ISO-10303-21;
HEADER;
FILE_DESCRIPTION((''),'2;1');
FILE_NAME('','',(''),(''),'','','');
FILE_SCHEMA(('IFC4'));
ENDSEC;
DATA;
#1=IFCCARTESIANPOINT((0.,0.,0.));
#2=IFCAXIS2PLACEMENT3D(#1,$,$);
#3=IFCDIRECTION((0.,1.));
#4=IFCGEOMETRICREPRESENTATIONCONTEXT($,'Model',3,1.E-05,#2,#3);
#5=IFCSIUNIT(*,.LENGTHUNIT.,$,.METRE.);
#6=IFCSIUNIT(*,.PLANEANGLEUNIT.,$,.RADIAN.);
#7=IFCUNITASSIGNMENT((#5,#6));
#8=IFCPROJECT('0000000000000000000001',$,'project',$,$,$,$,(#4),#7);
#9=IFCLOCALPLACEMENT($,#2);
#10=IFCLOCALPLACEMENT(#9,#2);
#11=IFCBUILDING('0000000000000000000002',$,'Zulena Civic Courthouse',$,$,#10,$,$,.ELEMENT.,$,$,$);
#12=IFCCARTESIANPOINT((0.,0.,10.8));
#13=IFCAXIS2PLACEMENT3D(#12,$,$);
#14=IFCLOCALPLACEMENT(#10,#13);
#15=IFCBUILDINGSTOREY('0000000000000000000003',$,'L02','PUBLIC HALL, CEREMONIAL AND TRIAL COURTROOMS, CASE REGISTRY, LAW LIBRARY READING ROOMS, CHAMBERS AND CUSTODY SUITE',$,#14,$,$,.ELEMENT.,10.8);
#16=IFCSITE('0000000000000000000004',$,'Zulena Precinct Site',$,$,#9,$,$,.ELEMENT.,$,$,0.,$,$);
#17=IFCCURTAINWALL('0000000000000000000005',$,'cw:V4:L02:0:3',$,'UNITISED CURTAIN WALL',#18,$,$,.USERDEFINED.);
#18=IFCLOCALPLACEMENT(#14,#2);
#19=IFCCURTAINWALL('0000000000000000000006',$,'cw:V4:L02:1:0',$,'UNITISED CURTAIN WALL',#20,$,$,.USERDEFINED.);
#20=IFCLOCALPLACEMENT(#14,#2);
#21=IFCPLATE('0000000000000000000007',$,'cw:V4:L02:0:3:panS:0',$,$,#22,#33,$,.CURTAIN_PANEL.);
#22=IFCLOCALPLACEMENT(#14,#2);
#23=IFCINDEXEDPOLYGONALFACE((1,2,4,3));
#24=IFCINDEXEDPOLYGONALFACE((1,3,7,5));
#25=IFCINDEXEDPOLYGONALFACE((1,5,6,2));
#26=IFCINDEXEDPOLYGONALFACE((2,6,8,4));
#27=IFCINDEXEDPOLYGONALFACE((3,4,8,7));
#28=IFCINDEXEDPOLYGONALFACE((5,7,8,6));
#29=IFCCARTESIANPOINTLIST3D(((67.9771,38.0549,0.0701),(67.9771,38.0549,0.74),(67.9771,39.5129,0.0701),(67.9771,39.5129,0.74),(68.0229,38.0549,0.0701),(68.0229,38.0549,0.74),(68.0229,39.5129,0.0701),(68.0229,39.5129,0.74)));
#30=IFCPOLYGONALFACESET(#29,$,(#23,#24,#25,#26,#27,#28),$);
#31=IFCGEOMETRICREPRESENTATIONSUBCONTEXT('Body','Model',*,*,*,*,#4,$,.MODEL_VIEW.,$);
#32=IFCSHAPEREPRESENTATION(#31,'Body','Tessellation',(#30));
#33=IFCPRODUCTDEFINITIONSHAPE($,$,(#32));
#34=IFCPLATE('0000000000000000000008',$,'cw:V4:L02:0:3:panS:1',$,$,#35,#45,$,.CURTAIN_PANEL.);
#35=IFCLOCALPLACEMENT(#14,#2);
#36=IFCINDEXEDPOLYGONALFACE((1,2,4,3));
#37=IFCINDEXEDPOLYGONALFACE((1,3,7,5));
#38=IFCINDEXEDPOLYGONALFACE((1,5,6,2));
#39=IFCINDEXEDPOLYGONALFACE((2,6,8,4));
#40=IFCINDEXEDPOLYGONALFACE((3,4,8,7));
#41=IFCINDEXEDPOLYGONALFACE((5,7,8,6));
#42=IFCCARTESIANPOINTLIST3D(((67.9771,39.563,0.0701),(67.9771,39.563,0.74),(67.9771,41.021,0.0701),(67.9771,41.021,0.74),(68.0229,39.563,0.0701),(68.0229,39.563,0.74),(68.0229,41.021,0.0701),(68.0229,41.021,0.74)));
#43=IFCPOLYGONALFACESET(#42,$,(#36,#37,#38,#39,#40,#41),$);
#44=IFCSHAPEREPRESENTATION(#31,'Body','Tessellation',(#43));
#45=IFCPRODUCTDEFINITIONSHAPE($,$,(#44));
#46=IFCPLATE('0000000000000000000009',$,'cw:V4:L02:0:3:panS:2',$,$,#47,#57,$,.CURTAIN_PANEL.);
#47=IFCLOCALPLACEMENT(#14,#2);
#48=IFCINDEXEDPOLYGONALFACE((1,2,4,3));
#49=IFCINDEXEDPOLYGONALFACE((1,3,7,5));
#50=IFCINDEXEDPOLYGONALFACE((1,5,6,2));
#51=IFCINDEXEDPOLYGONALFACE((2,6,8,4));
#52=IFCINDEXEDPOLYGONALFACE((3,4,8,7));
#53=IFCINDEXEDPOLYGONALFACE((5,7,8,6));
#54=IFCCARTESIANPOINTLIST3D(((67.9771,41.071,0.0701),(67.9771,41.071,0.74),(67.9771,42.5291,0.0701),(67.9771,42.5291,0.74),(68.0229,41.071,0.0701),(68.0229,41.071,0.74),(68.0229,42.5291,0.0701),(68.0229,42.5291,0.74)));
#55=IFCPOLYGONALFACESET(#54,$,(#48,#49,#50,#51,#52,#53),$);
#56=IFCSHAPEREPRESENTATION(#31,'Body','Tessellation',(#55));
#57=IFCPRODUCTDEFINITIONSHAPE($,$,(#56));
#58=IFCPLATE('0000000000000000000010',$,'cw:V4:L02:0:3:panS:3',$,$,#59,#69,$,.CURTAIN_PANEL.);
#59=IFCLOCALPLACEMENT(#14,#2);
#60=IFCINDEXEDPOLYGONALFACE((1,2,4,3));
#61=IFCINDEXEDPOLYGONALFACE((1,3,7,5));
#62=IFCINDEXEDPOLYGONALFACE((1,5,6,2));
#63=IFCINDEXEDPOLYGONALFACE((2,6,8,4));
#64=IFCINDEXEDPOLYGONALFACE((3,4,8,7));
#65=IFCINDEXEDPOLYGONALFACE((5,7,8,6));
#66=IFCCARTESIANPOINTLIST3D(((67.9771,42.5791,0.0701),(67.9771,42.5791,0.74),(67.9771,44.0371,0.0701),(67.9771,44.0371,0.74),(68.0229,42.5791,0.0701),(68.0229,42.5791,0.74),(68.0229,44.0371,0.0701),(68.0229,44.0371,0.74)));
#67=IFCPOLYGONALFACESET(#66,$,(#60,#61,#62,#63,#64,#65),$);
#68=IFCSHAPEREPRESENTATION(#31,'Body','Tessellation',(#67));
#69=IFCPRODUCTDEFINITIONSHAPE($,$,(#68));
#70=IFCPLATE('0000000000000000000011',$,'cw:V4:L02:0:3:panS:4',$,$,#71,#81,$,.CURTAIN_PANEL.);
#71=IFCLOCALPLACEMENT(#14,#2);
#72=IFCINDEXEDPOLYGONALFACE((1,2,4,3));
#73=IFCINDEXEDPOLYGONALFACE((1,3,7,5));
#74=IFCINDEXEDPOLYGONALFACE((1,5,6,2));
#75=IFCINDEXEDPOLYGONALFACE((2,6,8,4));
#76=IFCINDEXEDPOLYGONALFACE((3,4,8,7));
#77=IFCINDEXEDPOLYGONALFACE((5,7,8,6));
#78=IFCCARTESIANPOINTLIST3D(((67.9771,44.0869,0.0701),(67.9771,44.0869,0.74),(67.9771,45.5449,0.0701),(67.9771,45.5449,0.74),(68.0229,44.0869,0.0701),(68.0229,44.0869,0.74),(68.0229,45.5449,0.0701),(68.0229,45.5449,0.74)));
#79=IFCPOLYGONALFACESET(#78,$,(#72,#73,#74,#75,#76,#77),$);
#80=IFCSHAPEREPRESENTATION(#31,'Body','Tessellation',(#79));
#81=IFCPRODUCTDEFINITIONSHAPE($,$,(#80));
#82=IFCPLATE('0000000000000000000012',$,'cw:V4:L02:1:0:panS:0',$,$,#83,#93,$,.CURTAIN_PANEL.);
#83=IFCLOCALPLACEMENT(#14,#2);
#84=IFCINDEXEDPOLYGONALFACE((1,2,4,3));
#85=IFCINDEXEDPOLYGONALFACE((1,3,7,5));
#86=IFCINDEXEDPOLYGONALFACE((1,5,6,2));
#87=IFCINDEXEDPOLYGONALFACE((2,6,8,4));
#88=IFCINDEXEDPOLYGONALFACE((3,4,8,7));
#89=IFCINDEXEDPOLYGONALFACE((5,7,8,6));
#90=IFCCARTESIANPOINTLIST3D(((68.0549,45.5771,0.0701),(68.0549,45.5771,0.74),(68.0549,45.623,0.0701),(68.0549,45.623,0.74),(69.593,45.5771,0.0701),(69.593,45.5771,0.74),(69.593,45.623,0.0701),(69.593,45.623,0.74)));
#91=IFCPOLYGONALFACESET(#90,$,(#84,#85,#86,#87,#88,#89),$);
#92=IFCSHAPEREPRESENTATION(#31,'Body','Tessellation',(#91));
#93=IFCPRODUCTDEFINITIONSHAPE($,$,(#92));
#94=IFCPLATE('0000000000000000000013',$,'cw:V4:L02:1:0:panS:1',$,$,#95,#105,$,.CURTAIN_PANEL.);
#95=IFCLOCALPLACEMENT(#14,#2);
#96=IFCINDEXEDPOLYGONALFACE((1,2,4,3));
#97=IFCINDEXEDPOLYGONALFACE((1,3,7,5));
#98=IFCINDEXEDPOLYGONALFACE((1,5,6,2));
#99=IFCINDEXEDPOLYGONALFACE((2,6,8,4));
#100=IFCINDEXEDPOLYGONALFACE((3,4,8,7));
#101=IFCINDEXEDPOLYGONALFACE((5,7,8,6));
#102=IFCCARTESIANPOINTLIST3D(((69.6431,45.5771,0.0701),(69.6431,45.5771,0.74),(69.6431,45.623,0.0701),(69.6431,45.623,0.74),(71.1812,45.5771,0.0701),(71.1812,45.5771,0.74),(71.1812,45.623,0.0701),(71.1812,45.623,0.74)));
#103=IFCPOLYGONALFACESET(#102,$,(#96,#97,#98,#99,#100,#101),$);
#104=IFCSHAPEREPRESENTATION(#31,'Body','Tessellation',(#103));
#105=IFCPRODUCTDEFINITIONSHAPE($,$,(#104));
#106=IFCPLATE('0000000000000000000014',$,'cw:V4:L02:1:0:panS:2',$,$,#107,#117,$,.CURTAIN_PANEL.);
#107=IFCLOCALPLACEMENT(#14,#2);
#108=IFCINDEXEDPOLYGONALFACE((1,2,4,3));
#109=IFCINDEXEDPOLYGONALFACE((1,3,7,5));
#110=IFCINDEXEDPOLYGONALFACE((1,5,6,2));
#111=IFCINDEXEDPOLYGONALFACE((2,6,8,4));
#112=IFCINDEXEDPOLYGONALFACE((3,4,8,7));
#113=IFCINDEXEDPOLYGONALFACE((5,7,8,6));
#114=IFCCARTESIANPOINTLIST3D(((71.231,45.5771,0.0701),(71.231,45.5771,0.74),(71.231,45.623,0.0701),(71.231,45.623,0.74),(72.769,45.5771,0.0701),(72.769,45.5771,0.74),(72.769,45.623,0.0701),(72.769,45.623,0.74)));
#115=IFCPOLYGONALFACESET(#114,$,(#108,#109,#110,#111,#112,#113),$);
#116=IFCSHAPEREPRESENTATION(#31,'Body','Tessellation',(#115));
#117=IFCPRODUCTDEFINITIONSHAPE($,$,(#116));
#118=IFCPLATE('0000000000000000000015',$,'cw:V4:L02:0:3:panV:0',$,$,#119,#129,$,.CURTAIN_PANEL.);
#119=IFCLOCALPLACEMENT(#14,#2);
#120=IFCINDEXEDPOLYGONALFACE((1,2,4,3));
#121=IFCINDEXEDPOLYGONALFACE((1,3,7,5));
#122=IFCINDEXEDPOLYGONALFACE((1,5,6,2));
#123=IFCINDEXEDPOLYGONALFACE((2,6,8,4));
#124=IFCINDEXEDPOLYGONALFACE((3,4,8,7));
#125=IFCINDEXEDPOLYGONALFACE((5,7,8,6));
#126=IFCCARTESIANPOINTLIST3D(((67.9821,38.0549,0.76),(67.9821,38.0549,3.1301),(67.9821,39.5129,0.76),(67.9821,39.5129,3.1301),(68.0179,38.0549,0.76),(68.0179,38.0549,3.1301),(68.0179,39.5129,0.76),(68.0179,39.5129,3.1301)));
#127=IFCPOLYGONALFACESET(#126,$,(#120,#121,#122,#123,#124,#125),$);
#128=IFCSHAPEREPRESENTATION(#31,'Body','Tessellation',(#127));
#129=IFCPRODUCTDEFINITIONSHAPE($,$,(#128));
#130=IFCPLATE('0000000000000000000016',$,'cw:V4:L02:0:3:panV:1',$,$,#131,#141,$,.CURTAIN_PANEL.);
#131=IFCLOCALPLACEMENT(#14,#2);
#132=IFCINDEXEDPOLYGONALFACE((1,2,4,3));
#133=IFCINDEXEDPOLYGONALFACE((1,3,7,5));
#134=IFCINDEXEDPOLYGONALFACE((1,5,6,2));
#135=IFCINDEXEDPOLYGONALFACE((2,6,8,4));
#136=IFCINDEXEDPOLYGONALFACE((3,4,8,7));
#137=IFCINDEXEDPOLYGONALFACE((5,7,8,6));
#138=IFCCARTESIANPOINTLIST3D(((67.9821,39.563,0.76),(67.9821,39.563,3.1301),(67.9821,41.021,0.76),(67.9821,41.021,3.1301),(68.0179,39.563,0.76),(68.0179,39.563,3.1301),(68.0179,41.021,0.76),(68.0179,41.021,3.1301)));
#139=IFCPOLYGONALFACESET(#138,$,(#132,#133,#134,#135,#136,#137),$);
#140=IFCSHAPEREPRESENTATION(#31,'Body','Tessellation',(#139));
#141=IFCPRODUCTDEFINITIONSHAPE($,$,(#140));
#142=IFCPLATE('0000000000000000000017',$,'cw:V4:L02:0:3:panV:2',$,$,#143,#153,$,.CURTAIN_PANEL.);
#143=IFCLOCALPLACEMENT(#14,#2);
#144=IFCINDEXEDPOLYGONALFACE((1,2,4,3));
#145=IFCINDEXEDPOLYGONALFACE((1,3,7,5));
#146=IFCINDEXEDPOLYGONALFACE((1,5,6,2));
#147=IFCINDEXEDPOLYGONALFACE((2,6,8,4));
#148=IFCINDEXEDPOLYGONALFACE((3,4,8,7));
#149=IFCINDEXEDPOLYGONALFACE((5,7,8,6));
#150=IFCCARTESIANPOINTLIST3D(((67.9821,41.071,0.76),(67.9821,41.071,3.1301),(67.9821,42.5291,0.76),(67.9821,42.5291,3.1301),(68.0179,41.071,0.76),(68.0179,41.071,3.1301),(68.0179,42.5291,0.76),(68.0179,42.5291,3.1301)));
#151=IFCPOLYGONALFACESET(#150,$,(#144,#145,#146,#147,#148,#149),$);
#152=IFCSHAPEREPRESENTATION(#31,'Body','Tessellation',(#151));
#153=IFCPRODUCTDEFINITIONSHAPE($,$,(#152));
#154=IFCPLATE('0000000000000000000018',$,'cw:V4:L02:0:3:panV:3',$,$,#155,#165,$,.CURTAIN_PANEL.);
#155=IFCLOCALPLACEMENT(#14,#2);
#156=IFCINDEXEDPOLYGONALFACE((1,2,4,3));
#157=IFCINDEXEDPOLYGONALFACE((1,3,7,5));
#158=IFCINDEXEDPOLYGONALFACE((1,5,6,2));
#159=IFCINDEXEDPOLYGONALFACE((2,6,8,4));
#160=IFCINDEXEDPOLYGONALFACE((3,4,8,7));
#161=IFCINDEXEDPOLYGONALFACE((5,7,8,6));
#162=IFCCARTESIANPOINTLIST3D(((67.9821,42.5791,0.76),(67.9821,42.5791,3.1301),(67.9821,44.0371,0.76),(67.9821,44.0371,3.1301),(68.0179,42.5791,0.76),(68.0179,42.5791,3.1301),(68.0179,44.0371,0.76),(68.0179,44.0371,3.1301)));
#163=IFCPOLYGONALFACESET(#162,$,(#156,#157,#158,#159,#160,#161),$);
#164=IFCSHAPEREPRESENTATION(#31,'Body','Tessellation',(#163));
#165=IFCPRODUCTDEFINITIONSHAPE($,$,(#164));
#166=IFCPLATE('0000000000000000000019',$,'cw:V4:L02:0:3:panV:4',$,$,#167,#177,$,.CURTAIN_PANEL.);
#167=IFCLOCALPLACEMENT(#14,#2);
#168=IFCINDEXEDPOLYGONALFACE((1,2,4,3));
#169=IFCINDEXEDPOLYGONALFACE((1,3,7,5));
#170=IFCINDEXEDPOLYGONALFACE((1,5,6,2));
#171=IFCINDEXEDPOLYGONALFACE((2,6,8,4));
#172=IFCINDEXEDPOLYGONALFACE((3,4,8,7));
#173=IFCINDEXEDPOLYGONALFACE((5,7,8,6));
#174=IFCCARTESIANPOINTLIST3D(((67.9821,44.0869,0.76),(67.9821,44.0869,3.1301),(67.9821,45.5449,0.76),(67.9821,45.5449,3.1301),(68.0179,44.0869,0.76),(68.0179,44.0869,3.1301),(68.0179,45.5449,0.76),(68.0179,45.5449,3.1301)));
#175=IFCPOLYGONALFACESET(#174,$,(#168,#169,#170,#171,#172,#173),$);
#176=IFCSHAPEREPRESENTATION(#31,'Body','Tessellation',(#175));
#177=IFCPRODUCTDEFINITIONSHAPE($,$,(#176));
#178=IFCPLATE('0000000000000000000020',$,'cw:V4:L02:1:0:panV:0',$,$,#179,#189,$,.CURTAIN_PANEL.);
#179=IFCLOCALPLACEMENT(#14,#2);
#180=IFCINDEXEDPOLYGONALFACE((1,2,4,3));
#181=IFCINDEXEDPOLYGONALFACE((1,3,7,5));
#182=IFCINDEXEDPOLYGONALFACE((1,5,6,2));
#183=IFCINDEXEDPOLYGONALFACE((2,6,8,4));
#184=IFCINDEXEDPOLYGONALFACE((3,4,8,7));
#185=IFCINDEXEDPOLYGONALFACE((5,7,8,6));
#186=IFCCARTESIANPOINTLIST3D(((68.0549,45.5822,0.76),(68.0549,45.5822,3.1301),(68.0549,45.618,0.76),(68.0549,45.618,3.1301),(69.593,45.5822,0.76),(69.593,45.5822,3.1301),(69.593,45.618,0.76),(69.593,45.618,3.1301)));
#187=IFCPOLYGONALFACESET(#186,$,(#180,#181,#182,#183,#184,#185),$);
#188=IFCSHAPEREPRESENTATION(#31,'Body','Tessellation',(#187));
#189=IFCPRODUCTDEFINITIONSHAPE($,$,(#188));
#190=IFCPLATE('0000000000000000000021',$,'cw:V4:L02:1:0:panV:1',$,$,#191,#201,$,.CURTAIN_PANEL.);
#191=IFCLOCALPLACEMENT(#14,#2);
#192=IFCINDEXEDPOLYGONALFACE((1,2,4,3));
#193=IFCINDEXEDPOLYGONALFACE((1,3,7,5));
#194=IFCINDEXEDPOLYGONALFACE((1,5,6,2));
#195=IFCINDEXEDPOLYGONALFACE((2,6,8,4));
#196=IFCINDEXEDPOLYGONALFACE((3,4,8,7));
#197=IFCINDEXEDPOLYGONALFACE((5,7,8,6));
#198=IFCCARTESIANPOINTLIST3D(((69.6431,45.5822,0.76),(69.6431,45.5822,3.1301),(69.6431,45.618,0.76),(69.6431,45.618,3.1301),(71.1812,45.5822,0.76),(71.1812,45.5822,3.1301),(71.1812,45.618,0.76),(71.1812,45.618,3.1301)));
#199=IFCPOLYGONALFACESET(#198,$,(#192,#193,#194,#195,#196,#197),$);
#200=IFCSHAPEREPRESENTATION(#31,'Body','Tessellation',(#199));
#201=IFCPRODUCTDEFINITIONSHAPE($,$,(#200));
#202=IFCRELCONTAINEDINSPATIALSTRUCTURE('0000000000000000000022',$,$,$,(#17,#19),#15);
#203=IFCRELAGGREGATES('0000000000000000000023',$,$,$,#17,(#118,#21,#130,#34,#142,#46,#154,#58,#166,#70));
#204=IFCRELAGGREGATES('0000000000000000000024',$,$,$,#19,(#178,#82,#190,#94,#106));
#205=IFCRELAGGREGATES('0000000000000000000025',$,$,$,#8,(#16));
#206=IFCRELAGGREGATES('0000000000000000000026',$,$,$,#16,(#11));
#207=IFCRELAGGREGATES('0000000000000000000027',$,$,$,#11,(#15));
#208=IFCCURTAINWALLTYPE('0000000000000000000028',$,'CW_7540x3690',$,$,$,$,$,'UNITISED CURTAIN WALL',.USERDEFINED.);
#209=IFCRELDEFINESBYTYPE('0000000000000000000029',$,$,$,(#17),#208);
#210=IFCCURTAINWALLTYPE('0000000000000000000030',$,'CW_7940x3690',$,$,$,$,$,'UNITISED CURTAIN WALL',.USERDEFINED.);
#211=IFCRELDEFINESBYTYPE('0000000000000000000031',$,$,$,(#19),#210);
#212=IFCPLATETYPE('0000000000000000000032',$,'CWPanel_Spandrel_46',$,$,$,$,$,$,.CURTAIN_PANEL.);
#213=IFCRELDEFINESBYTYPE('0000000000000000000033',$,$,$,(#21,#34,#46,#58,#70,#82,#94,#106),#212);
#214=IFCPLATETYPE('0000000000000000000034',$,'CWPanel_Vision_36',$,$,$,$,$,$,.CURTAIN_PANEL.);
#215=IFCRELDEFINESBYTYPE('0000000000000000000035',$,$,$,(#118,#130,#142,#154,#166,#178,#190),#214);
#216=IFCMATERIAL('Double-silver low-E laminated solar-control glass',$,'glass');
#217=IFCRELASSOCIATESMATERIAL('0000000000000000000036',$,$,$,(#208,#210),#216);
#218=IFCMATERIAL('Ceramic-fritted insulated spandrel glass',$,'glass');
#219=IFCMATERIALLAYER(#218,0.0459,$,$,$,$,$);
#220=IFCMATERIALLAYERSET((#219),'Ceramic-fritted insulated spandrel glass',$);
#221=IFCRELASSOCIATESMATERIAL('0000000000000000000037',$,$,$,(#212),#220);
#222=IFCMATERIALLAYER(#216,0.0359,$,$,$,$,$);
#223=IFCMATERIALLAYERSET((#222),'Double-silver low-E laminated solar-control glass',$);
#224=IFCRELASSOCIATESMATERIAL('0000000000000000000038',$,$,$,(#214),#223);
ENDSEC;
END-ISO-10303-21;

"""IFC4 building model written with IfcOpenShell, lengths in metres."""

from ifc_helpers import new_model, si_unit, direction, frame, origin, origin_2d, place, context, subcontext, project, spatial, rectangle, extrude, material, layer, layer_set, type_object, element, aggregate, save


model = new_model("IFC4")

# Units and contexts
model_context = context("Model", 3, precision=1e-05, world=origin(), true_north=direction((0.0, 1.0)))
body_context = subcontext(model_context, "Body", "Model", "MODEL_VIEW")
ifc_project = project(units=[si_unit("LENGTHUNIT", "METRE"), si_unit("PLANEANGLEUNIT", "RADIAN")], contexts=[model_context])

# Site, building, storey
site_placement = place(None, origin())
site = spatial("IfcSite", under=ifc_project, at=site_placement, Name="Zulena Precinct Site", CompositionType="ELEMENT", RefElevation=0.0)
building_placement = place(site_placement, origin())
building = spatial("IfcBuilding", under=site, at=building_placement, Name="Zulena Civic Courthouse", CompositionType="ELEMENT")
storey_placement = place(building_placement, frame((0.0, 0.0, 10.8)))
storey = spatial("IfcBuildingStorey", under=building, at=storey_placement, Name="L02", Description="PUBLIC HALL, CEREMONIAL AND TRIAL COURTROOMS, CASE REGISTRY, LAW LIBRARY READING ROOMS, CHAMBERS AND CUSTODY SUITE", CompositionType="ELEMENT", Elevation=10.8)

# Curtain walls
ifc_material_1 = material(Name="Double-silver low-E laminated solar-control glass", Category="glass")
curtain_wall_type_1 = type_object("IfcCurtainWallType", Name="CW_7540x3690", ElementType="UNITISED CURTAIN WALL", PredefinedType="USERDEFINED", material=ifc_material_1)
curtain_wall_1_placement = place(storey_placement, origin())
curtain_wall_1 = element("IfcCurtainWall", 1, at=curtain_wall_1_placement, inside=storey, type_object=curtain_wall_type_1, Name="cw:V4:L02:0:3", ObjectType="UNITISED CURTAIN WALL", PredefinedType="USERDEFINED")
curtain_wall_type_2 = type_object("IfcCurtainWallType", Name="CW_7940x3690", ElementType="UNITISED CURTAIN WALL", PredefinedType="USERDEFINED", material=ifc_material_1)
curtain_wall_2_placement = place(storey_placement, origin())
curtain_wall_2 = element("IfcCurtainWall", 2, at=curtain_wall_2_placement, inside=storey, type_object=curtain_wall_type_2, Name="cw:V4:L02:1:0", ObjectType="UNITISED CURTAIN WALL", PredefinedType="USERDEFINED")

# Plates
ifc_material_2 = material(Name="Ceramic-fritted insulated spandrel glass", Category="glass")
ifc_layer_1 = layer(ifc_material_2, 0.0459)
ifc_layer_set_1 = layer_set([ifc_layer_1], Name="Ceramic-fritted insulated spandrel glass")
plate_type_1 = type_object("IfcPlateType", Name="CWPanel_Spandrel_46", PredefinedType="CURTAIN_PANEL", material=ifc_layer_set_1)
plate_1_placement = place(storey_placement, frame((68.0, 38.7839, 0.0701), z_axis=(0.0, 0.0, 1.0), x_axis=(0.0, 1.0, 0.0)))
plate_1 = element("IfcPlate", 3, at=plate_1_placement, type_object=plate_type_1, Name="cw:V4:L02:0:3:panS:0", PredefinedType="CURTAIN_PANEL", context=body_context, shape_type="SweptSolid", body=[
    extrude(rectangle(XDim=1.458, YDim=0.0459, at=origin_2d()), origin(), (0.0, 0.0, 1.0), 0.6699),
])
plate_2_placement = place(storey_placement, frame((68.0, 40.292, 0.0701), z_axis=(0.0, 0.0, 1.0), x_axis=(0.0, 1.0, 0.0)))
plate_2 = element("IfcPlate", 4, at=plate_2_placement, type_object=plate_type_1, Name="cw:V4:L02:0:3:panS:1", PredefinedType="CURTAIN_PANEL", context=body_context, shape_type="SweptSolid", body=[
    extrude(rectangle(XDim=1.458, YDim=0.0459, at=origin_2d()), origin(), (0.0, 0.0, 1.0), 0.6699),
])
plate_3_placement = place(storey_placement, frame((68.0, 41.8, 0.0701), z_axis=(0.0, 0.0, 1.0), x_axis=(0.0, 1.0, 0.0)))
plate_3 = element("IfcPlate", 5, at=plate_3_placement, type_object=plate_type_1, Name="cw:V4:L02:0:3:panS:2", PredefinedType="CURTAIN_PANEL", context=body_context, shape_type="SweptSolid", body=[
    extrude(rectangle(XDim=1.458, YDim=0.0459, at=origin_2d()), origin(), (0.0, 0.0, 1.0), 0.6699),
])
plate_4_placement = place(storey_placement, frame((68.0, 43.3081, 0.0701), z_axis=(0.0, 0.0, 1.0), x_axis=(0.0, 1.0, 0.0)))
plate_4 = element("IfcPlate", 6, at=plate_4_placement, type_object=plate_type_1, Name="cw:V4:L02:0:3:panS:3", PredefinedType="CURTAIN_PANEL", context=body_context, shape_type="SweptSolid", body=[
    extrude(rectangle(XDim=1.458, YDim=0.0459, at=origin_2d()), origin(), (0.0, 0.0, 1.0), 0.6699),
])
plate_5_placement = place(storey_placement, frame((68.0, 44.8159, 0.0701), z_axis=(0.0, 0.0, 1.0), x_axis=(0.0, 1.0, 0.0)))
plate_5 = element("IfcPlate", 7, at=plate_5_placement, type_object=plate_type_1, Name="cw:V4:L02:0:3:panS:4", PredefinedType="CURTAIN_PANEL", context=body_context, shape_type="SweptSolid", body=[
    extrude(rectangle(XDim=1.458, YDim=0.0459, at=origin_2d()), origin(), (0.0, 0.0, 1.0), 0.6699),
])
plate_6_placement = place(storey_placement, frame((68.824, 45.6001, 0.0701), z_axis=(0.0, 0.0, 1.0), x_axis=(1.0, 0.0, 0.0)))
plate_6 = element("IfcPlate", 8, at=plate_6_placement, type_object=plate_type_1, Name="cw:V4:L02:1:0:panS:0", PredefinedType="CURTAIN_PANEL", context=body_context, shape_type="SweptSolid", body=[
    extrude(rectangle(XDim=1.5381, YDim=0.0459, at=origin_2d()), origin(), (0.0, 0.0, 1.0), 0.6699),
])
plate_7_placement = place(storey_placement, frame((70.4121, 45.6001, 0.0701), z_axis=(0.0, 0.0, 1.0), x_axis=(1.0, 0.0, 0.0)))
plate_7 = element("IfcPlate", 9, at=plate_7_placement, type_object=plate_type_1, Name="cw:V4:L02:1:0:panS:1", PredefinedType="CURTAIN_PANEL", context=body_context, shape_type="SweptSolid", body=[
    extrude(rectangle(XDim=1.5381, YDim=0.0459, at=origin_2d()), origin(), (0.0, 0.0, 1.0), 0.6699),
])
plate_8_placement = place(storey_placement, frame((72.0, 45.6001, 0.0701), z_axis=(0.0, 0.0, 1.0), x_axis=(1.0, 0.0, 0.0)))
plate_8 = element("IfcPlate", 10, at=plate_8_placement, type_object=plate_type_1, Name="cw:V4:L02:1:0:panS:2", PredefinedType="CURTAIN_PANEL", context=body_context, shape_type="SweptSolid", body=[
    extrude(rectangle(XDim=1.5381, YDim=0.0459, at=origin_2d()), origin(), (0.0, 0.0, 1.0), 0.6699),
])
ifc_layer_2 = layer(ifc_material_1, 0.0359)
ifc_layer_set_2 = layer_set([ifc_layer_2], Name="Double-silver low-E laminated solar-control glass")
plate_type_2 = type_object("IfcPlateType", Name="CWPanel_Vision_36", PredefinedType="CURTAIN_PANEL", material=ifc_layer_set_2)
plate_9_placement = place(storey_placement, frame((68.0, 38.7839, 0.76), z_axis=(0.0, 0.0, 1.0), x_axis=(0.0, 1.0, 0.0)))
plate_9 = element("IfcPlate", 11, at=plate_9_placement, type_object=plate_type_2, Name="cw:V4:L02:0:3:panV:0", PredefinedType="CURTAIN_PANEL", context=body_context, shape_type="SweptSolid", body=[
    extrude(rectangle(XDim=1.458, YDim=0.0359, at=origin_2d()), origin(), (0.0, 0.0, 1.0), 2.3701),
])
plate_10_placement = place(storey_placement, frame((68.0, 40.292, 0.76), z_axis=(0.0, 0.0, 1.0), x_axis=(0.0, 1.0, 0.0)))
plate_10 = element("IfcPlate", 12, at=plate_10_placement, type_object=plate_type_2, Name="cw:V4:L02:0:3:panV:1", PredefinedType="CURTAIN_PANEL", context=body_context, shape_type="SweptSolid", body=[
    extrude(rectangle(XDim=1.458, YDim=0.0359, at=origin_2d()), origin(), (0.0, 0.0, 1.0), 2.3701),
])
plate_11_placement = place(storey_placement, frame((68.0, 41.8, 0.76), z_axis=(0.0, 0.0, 1.0), x_axis=(0.0, 1.0, 0.0)))
plate_11 = element("IfcPlate", 13, at=plate_11_placement, type_object=plate_type_2, Name="cw:V4:L02:0:3:panV:2", PredefinedType="CURTAIN_PANEL", context=body_context, shape_type="SweptSolid", body=[
    extrude(rectangle(XDim=1.458, YDim=0.0359, at=origin_2d()), origin(), (0.0, 0.0, 1.0), 2.3701),
])
plate_12_placement = place(storey_placement, frame((68.0, 43.3081, 0.76), z_axis=(0.0, 0.0, 1.0), x_axis=(0.0, 1.0, 0.0)))
plate_12 = element("IfcPlate", 14, at=plate_12_placement, type_object=plate_type_2, Name="cw:V4:L02:0:3:panV:3", PredefinedType="CURTAIN_PANEL", context=body_context, shape_type="SweptSolid", body=[
    extrude(rectangle(XDim=1.458, YDim=0.0359, at=origin_2d()), origin(), (0.0, 0.0, 1.0), 2.3701),
])
plate_13_placement = place(storey_placement, frame((68.0, 44.8159, 0.76), z_axis=(0.0, 0.0, 1.0), x_axis=(0.0, 1.0, 0.0)))
plate_13 = element("IfcPlate", 15, at=plate_13_placement, type_object=plate_type_2, Name="cw:V4:L02:0:3:panV:4", PredefinedType="CURTAIN_PANEL", context=body_context, shape_type="SweptSolid", body=[
    extrude(rectangle(XDim=1.458, YDim=0.0359, at=origin_2d()), origin(), (0.0, 0.0, 1.0), 2.3701),
])
aggregate(curtain_wall_1, [plate_9, plate_1, plate_10, plate_2, plate_11, plate_3, plate_12, plate_4, plate_13, plate_5])
plate_14_placement = place(storey_placement, frame((68.824, 45.6001, 0.76), z_axis=(0.0, 0.0, 1.0), x_axis=(1.0, 0.0, 0.0)))
plate_14 = element("IfcPlate", 16, at=plate_14_placement, type_object=plate_type_2, Name="cw:V4:L02:1:0:panV:0", PredefinedType="CURTAIN_PANEL", context=body_context, shape_type="SweptSolid", body=[
    extrude(rectangle(XDim=1.5381, YDim=0.0359, at=origin_2d()), origin(), (0.0, 0.0, 1.0), 2.3701),
])
plate_15_placement = place(storey_placement, frame((70.4121, 45.6001, 0.76), z_axis=(0.0, 0.0, 1.0), x_axis=(1.0, 0.0, 0.0)))
plate_15 = element("IfcPlate", 17, at=plate_15_placement, type_object=plate_type_2, Name="cw:V4:L02:1:0:panV:1", PredefinedType="CURTAIN_PANEL", context=body_context, shape_type="SweptSolid", body=[
    extrude(rectangle(XDim=1.5381, YDim=0.0359, at=origin_2d()), origin(), (0.0, 0.0, 1.0), 2.3701),
])
aggregate(curtain_wall_2, [plate_14, plate_6, plate_15, plate_7, plate_8])

save(model, "model.ifc")
